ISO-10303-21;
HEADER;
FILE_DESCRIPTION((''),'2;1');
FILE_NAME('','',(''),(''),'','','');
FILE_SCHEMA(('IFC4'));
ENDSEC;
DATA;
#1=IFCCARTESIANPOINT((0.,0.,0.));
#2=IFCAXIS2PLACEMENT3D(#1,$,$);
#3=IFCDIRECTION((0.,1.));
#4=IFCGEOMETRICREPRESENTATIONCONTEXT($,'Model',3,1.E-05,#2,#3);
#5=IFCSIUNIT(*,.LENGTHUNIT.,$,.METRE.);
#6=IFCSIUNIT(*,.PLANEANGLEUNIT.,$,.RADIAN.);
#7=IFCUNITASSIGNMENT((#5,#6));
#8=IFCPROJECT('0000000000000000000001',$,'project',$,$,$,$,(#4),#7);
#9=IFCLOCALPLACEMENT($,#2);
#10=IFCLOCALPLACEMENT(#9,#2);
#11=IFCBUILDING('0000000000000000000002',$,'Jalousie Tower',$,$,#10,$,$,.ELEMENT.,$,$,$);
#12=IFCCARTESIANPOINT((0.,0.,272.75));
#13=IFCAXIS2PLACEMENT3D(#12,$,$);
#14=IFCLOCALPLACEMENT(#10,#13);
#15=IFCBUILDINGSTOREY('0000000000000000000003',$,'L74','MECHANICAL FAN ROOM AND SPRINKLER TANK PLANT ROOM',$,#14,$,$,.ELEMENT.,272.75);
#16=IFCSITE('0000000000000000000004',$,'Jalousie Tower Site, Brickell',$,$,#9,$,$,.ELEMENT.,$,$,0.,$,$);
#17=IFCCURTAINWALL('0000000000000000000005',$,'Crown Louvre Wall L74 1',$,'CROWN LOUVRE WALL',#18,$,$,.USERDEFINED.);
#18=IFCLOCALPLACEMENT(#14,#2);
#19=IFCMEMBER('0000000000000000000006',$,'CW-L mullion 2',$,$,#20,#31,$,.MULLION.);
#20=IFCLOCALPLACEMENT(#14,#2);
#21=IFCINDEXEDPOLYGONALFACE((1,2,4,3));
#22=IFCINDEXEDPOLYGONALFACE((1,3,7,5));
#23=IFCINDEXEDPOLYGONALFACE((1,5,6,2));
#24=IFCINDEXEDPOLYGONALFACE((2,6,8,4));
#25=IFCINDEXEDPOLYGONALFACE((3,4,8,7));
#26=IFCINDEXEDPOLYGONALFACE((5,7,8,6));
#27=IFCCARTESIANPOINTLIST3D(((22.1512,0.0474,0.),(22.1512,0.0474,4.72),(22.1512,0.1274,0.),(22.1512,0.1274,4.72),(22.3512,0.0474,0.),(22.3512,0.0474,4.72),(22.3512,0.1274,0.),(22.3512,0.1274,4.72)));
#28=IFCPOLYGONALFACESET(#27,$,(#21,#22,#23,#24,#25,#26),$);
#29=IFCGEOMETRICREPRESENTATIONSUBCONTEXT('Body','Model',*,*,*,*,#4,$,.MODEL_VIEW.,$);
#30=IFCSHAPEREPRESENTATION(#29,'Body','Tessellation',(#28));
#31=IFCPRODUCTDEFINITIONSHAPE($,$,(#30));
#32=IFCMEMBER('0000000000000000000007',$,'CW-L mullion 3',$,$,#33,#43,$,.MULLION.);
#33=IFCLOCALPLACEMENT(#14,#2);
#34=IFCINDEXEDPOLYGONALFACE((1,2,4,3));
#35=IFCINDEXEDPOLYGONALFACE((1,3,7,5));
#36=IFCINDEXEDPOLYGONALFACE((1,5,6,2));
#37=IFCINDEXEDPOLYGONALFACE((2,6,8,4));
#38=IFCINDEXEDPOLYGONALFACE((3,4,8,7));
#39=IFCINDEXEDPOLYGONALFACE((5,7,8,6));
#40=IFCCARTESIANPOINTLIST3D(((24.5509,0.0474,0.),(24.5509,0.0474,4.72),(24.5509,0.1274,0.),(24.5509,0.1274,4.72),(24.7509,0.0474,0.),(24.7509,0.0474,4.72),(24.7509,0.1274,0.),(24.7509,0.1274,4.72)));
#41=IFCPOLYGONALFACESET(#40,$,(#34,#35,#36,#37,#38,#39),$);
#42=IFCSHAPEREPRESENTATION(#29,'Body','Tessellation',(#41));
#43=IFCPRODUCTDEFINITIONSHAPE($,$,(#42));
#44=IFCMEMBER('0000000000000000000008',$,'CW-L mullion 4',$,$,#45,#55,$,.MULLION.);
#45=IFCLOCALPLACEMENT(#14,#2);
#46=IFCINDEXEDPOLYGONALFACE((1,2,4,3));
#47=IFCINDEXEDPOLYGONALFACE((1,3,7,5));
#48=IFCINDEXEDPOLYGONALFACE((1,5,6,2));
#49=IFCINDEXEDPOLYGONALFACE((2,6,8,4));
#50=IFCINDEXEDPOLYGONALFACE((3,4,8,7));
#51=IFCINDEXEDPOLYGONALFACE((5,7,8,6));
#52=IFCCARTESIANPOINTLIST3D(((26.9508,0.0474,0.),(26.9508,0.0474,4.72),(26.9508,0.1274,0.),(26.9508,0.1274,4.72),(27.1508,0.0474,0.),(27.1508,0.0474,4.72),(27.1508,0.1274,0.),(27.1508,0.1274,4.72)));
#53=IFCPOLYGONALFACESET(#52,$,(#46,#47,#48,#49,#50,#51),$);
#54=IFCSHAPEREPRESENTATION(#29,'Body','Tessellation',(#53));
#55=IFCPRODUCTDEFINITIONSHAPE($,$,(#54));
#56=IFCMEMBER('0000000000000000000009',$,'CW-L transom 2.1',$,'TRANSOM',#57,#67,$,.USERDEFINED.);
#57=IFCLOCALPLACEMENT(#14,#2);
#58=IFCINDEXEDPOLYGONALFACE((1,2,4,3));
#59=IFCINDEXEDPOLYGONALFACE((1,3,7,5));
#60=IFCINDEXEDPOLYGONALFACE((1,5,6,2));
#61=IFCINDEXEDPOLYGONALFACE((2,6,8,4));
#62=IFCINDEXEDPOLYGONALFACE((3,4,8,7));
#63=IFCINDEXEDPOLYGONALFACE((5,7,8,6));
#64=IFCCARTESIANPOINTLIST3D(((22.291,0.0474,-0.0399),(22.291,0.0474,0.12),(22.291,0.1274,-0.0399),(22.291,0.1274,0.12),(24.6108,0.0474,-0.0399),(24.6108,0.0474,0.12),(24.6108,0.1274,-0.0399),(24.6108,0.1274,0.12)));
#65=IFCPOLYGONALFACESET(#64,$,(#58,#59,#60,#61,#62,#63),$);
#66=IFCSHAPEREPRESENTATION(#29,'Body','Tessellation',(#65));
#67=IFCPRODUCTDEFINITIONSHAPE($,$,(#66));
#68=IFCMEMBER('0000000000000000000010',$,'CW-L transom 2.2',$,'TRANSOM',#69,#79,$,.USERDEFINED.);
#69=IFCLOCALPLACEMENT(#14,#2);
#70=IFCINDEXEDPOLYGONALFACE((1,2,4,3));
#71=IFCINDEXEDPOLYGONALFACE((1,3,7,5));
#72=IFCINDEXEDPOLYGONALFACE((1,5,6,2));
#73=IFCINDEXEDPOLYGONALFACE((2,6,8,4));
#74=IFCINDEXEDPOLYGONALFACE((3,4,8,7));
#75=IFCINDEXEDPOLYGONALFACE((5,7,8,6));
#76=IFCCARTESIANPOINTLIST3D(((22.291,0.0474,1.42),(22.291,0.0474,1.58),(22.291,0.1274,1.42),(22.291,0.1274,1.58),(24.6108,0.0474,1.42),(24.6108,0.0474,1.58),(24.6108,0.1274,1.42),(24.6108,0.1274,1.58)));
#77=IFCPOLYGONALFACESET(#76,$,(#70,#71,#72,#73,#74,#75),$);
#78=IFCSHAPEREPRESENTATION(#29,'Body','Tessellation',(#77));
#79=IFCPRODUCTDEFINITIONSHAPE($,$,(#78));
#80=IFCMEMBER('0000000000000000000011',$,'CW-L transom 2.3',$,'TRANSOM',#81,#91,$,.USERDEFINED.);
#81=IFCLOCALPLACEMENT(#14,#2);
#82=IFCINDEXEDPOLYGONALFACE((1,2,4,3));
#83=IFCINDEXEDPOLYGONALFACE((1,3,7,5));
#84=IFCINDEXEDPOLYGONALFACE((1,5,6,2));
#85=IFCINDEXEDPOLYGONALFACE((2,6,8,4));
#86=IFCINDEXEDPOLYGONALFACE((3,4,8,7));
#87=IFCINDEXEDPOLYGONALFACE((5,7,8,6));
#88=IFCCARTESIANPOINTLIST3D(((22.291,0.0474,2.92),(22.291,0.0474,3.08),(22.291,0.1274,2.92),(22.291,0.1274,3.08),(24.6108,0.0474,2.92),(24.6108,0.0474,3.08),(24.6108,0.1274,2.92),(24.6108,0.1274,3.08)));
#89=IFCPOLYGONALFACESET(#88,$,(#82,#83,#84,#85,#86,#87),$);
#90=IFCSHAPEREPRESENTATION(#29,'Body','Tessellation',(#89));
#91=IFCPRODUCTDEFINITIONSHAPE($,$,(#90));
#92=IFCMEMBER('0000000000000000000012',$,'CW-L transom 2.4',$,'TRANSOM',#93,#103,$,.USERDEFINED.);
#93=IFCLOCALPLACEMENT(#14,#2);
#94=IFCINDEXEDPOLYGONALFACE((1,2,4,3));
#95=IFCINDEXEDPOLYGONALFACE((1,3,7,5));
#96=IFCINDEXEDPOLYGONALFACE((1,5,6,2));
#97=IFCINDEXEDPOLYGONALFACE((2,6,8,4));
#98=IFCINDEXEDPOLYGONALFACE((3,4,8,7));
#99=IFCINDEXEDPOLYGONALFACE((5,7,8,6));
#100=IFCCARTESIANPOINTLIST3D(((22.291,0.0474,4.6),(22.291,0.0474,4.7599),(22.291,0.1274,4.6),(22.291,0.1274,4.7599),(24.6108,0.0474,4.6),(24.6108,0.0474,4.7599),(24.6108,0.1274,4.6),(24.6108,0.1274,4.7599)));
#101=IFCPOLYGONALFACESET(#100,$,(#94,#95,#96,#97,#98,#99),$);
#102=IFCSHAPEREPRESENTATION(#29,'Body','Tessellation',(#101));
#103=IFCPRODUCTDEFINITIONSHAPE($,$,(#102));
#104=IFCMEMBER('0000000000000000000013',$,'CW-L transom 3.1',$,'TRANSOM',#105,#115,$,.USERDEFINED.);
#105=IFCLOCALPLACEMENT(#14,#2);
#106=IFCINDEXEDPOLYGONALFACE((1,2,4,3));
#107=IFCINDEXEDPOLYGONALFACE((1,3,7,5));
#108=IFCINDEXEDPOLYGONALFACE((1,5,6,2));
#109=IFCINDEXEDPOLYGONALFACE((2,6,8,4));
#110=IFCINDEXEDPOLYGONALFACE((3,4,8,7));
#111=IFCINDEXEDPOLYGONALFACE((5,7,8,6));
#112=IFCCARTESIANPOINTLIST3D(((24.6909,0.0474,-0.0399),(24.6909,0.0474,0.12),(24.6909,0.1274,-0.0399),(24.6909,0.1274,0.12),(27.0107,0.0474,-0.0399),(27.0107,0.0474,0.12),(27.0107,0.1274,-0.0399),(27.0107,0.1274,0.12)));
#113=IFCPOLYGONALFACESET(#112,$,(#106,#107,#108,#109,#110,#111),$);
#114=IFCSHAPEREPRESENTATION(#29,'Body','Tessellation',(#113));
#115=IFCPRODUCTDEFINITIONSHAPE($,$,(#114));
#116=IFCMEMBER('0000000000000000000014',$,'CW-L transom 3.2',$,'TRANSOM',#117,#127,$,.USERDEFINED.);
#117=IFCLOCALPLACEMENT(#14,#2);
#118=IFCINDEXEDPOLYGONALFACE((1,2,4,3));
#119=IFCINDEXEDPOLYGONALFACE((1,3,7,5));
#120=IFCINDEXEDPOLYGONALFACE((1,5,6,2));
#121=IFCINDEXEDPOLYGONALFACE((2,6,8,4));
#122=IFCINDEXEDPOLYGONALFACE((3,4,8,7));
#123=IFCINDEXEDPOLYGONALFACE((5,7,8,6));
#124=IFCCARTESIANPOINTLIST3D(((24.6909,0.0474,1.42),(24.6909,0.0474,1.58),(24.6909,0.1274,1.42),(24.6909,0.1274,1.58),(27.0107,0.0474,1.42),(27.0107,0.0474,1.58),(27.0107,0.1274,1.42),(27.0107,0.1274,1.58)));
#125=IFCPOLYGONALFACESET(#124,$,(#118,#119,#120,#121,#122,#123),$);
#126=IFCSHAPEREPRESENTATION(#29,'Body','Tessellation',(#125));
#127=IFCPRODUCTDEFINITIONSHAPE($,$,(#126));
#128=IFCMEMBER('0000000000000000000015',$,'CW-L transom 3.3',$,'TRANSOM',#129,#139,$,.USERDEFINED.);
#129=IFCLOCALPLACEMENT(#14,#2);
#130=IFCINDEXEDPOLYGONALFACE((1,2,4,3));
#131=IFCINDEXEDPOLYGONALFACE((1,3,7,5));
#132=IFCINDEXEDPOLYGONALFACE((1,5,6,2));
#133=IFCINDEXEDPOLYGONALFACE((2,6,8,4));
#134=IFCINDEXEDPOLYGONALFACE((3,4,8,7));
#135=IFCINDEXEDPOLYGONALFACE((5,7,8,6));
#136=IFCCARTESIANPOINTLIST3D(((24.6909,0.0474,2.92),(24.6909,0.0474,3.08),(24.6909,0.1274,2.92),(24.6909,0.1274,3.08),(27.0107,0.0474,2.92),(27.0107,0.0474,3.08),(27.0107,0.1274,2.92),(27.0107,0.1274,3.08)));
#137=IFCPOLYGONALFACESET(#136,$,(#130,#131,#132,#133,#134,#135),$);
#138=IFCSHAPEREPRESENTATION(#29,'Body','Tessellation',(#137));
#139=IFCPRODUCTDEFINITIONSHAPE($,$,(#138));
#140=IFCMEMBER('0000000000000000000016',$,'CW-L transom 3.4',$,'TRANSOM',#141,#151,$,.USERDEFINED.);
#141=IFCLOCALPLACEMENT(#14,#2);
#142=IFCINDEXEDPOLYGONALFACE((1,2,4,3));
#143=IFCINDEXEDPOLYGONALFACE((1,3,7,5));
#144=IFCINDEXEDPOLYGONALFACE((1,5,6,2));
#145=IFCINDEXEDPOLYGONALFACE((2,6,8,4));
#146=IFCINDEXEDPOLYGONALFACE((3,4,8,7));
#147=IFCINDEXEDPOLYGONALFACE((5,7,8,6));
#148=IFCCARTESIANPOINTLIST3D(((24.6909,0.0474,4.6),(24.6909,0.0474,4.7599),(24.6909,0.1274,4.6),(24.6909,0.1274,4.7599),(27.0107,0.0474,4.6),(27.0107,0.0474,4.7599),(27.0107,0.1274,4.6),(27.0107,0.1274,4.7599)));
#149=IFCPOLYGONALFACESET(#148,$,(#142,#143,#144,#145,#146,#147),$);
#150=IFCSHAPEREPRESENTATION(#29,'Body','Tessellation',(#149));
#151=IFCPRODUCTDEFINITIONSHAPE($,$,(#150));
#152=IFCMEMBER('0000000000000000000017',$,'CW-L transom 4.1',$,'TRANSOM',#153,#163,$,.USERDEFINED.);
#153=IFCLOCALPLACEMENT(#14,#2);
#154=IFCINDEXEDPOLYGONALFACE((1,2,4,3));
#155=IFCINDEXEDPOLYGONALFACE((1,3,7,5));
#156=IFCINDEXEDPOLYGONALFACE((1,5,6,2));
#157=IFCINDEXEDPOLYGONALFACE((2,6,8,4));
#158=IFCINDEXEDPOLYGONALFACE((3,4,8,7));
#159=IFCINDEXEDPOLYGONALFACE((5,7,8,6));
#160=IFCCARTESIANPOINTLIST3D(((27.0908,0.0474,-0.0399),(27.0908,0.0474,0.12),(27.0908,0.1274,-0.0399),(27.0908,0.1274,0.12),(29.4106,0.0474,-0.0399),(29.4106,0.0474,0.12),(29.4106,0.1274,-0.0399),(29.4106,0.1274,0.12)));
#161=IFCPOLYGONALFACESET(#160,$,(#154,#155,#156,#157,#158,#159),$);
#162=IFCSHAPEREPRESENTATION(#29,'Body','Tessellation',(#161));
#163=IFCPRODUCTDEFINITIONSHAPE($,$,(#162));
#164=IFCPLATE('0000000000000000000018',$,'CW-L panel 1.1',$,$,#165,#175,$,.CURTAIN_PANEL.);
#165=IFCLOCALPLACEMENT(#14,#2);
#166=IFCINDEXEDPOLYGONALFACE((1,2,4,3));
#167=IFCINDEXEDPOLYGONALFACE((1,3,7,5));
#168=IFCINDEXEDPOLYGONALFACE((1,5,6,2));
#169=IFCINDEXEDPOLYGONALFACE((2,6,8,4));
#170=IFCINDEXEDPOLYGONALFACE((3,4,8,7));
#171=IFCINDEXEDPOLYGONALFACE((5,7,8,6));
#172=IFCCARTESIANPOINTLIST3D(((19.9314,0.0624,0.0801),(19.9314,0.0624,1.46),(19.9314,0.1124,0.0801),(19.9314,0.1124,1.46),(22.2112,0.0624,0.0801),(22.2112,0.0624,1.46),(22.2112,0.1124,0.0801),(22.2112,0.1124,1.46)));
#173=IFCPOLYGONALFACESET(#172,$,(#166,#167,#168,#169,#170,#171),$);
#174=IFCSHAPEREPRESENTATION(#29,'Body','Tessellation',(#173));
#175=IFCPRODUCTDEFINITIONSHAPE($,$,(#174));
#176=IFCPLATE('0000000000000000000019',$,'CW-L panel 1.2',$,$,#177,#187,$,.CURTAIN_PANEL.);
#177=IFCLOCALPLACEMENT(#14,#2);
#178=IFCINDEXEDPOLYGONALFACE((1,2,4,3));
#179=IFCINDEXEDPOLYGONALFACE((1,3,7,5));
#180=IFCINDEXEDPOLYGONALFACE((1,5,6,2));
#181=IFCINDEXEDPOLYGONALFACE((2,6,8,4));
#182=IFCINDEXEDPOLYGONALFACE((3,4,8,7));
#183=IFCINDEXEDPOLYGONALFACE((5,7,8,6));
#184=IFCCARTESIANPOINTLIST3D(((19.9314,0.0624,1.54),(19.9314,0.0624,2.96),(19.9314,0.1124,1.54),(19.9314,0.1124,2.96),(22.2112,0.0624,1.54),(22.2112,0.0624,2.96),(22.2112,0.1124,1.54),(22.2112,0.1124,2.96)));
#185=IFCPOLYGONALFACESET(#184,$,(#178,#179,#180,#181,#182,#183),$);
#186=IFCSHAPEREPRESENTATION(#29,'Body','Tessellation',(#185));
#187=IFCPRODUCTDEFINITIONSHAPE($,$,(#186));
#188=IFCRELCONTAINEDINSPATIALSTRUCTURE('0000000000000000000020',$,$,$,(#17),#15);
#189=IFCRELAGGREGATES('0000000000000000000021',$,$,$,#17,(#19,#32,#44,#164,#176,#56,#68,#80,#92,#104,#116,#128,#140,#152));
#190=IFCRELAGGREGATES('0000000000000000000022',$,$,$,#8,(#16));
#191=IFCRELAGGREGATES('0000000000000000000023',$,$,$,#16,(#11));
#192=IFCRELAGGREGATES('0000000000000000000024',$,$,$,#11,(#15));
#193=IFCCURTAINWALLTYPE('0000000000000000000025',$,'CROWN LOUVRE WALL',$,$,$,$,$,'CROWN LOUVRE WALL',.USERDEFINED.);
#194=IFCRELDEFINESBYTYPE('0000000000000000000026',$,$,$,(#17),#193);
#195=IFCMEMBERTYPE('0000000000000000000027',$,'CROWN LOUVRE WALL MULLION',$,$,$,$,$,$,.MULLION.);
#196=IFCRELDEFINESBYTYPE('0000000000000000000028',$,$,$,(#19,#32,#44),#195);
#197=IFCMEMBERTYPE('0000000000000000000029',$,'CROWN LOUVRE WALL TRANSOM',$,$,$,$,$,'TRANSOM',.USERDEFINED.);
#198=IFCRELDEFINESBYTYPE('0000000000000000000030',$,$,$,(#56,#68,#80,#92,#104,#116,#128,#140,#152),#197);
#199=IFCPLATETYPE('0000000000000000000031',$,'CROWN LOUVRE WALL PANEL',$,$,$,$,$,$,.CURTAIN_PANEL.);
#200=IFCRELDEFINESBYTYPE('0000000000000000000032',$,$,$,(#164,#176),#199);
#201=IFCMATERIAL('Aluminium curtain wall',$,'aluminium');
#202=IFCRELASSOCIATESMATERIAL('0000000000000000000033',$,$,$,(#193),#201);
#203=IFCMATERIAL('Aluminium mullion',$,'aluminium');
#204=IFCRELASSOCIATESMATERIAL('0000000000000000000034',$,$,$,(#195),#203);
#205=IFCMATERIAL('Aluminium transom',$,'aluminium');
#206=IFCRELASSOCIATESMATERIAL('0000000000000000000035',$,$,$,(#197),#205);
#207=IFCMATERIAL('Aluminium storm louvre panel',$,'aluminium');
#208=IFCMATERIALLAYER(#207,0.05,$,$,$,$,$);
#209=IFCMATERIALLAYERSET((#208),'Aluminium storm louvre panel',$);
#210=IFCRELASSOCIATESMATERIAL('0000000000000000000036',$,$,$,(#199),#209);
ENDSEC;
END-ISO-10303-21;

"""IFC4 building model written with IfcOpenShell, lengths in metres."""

from ifc_helpers import new_model, si_unit, direction, frame, origin, origin_2d, place, context, subcontext, project, spatial, rectangle, extrude, material, layer, layer_set, material_profile, profile_set, type_object, element, aggregate, save


model = new_model("IFC4")

# Units and contexts
model_context = context("Model", 3, precision=1e-05, world=origin(), true_north=direction((0.0, 1.0)))
body_context = subcontext(model_context, "Body", "Model", "MODEL_VIEW")
ifc_project = project(units=[si_unit("LENGTHUNIT", "METRE"), si_unit("PLANEANGLEUNIT", "RADIAN")], contexts=[model_context])

# Site, building, storey
site_placement = place(None, origin())
site = spatial("IfcSite", under=ifc_project, at=site_placement, Name="Jalousie Tower Site, Brickell", CompositionType="ELEMENT", RefElevation=0.0)
building_placement = place(site_placement, origin())
building = spatial("IfcBuilding", under=site, at=building_placement, Name="Jalousie Tower", CompositionType="ELEMENT")
storey_placement = place(building_placement, frame((0.0, 0.0, 272.75)))
storey = spatial("IfcBuildingStorey", under=building, at=storey_placement, Name="L74", Description="MECHANICAL FAN ROOM AND SPRINKLER TANK PLANT ROOM", CompositionType="ELEMENT", Elevation=272.75)

# Curtain wall, members, plates
ifc_material_1 = material(Name="Aluminium curtain wall", Category="aluminium")
curtain_wall_type = type_object("IfcCurtainWallType", Name="CROWN LOUVRE WALL", ElementType="CROWN LOUVRE WALL", PredefinedType="USERDEFINED", material=ifc_material_1)
curtain_wall_placement = place(storey_placement, origin())
curtain_wall = element("IfcCurtainWall", 1, at=curtain_wall_placement, inside=storey, type_object=curtain_wall_type, Name="Crown Louvre Wall L74 1", ObjectType="CROWN LOUVRE WALL", PredefinedType="USERDEFINED")
ifc_material_2 = material(Name="Aluminium mullion", Category="aluminium")
ifc_material_profile_1 = material_profile(ifc_material_2, rectangle(XDim=0.0801, YDim=0.2, at=origin_2d()), Name="MULLION 80x200")
ifc_profile_set_1 = profile_set([ifc_material_profile_1], Name="Aluminium mullion")
member_type_1 = type_object("IfcMemberType", Name="CROWN LOUVRE WALL MULLION", PredefinedType="MULLION", material=ifc_profile_set_1)
member_1_placement = place(storey_placement, frame((22.2512, 0.0874, 0.0), z_axis=(0.0, 0.0, 1.0), x_axis=(0.0, 1.0, 0.0)))
member_1 = element("IfcMember", 2, at=member_1_placement, type_object=member_type_1, Name="CW-L mullion 2", PredefinedType="MULLION", context=body_context, shape_type="SweptSolid", body=[
    extrude(rectangle(XDim=0.0801, YDim=0.2, at=origin_2d()), origin(), (0.0, 0.0, 1.0), 4.72),
])
member_2_placement = place(storey_placement, frame((24.6509, 0.0874, 0.0), z_axis=(0.0, 0.0, 1.0), x_axis=(0.0, 1.0, 0.0)))
member_2 = element("IfcMember", 3, at=member_2_placement, type_object=member_type_1, Name="CW-L mullion 3", PredefinedType="MULLION", context=body_context, shape_type="SweptSolid", body=[
    extrude(rectangle(XDim=0.0801, YDim=0.2, at=origin_2d()), origin(), (0.0, 0.0, 1.0), 4.72),
])
member_3_placement = place(storey_placement, frame((27.0508, 0.0874, 0.0), z_axis=(0.0, 0.0, 1.0), x_axis=(0.0, 1.0, 0.0)))
member_3 = element("IfcMember", 4, at=member_3_placement, type_object=member_type_1, Name="CW-L mullion 4", PredefinedType="MULLION", context=body_context, shape_type="SweptSolid", body=[
    extrude(rectangle(XDim=0.0801, YDim=0.2, at=origin_2d()), origin(), (0.0, 0.0, 1.0), 4.72),
])
ifc_material_3 = material(Name="Aluminium transom", Category="aluminium")
ifc_material_profile_2 = material_profile(ifc_material_3, rectangle(XDim=0.0801, YDim=0.1599, at=origin_2d()), Name="TRANSOM 80x160")
ifc_profile_set_2 = profile_set([ifc_material_profile_2], Name="Aluminium transom")
member_type_2 = type_object("IfcMemberType", Name="CROWN LOUVRE WALL TRANSOM", ElementType="TRANSOM", PredefinedType="USERDEFINED", material=ifc_profile_set_2)
member_4_placement = place(storey_placement, frame((22.291, 0.0874, 0.04), z_axis=(1.0, 0.0, 0.0), x_axis=(0.0, 1.0, 0.0)))
member_4 = element("IfcMember", 5, at=member_4_placement, type_object=member_type_2, Name="CW-L transom 2.1", ObjectType="TRANSOM", PredefinedType="USERDEFINED", context=body_context, shape_type="SweptSolid", body=[
    extrude(rectangle(XDim=0.0801, YDim=0.1599, at=origin_2d()), origin(), (0.0, 0.0, 1.0), 2.3198),
])
member_5_placement = place(storey_placement, frame((22.291, 0.0874, 1.5), z_axis=(1.0, 0.0, 0.0), x_axis=(0.0, 1.0, 0.0)))
member_5 = element("IfcMember", 6, at=member_5_placement, type_object=member_type_2, Name="CW-L transom 2.2", ObjectType="TRANSOM", PredefinedType="USERDEFINED", context=body_context, shape_type="SweptSolid", body=[
    extrude(rectangle(XDim=0.0801, YDim=0.1599, at=origin_2d()), origin(), (0.0, 0.0, 1.0), 2.3198),
])
member_6_placement = place(storey_placement, frame((22.291, 0.0874, 3.0), z_axis=(1.0, 0.0, 0.0), x_axis=(0.0, 1.0, 0.0)))
member_6 = element("IfcMember", 7, at=member_6_placement, type_object=member_type_2, Name="CW-L transom 2.3", ObjectType="TRANSOM", PredefinedType="USERDEFINED", context=body_context, shape_type="SweptSolid", body=[
    extrude(rectangle(XDim=0.0801, YDim=0.1599, at=origin_2d()), origin(), (0.0, 0.0, 1.0), 2.3198),
])
member_7_placement = place(storey_placement, frame((22.291, 0.0874, 4.6799), z_axis=(1.0, 0.0, 0.0), x_axis=(0.0, 1.0, 0.0)))
member_7 = element("IfcMember", 8, at=member_7_placement, type_object=member_type_2, Name="CW-L transom 2.4", ObjectType="TRANSOM", PredefinedType="USERDEFINED", context=body_context, shape_type="SweptSolid", body=[
    extrude(rectangle(XDim=0.0801, YDim=0.1599, at=origin_2d()), origin(), (0.0, 0.0, 1.0), 2.3198),
])
member_8_placement = place(storey_placement, frame((24.6909, 0.0874, 0.04), z_axis=(1.0, 0.0, 0.0), x_axis=(0.0, 1.0, 0.0)))
member_8 = element("IfcMember", 9, at=member_8_placement, type_object=member_type_2, Name="CW-L transom 3.1", ObjectType="TRANSOM", PredefinedType="USERDEFINED", context=body_context, shape_type="SweptSolid", body=[
    extrude(rectangle(XDim=0.0801, YDim=0.1599, at=origin_2d()), origin(), (0.0, 0.0, 1.0), 2.3198),
])
member_9_placement = place(storey_placement, frame((24.6909, 0.0874, 1.5), z_axis=(1.0, 0.0, 0.0), x_axis=(0.0, 1.0, 0.0)))
member_9 = element("IfcMember", 10, at=member_9_placement, type_object=member_type_2, Name="CW-L transom 3.2", ObjectType="TRANSOM", PredefinedType="USERDEFINED", context=body_context, shape_type="SweptSolid", body=[
    extrude(rectangle(XDim=0.0801, YDim=0.1599, at=origin_2d()), origin(), (0.0, 0.0, 1.0), 2.3198),
])
member_10_placement = place(storey_placement, frame((24.6909, 0.0874, 3.0), z_axis=(1.0, 0.0, 0.0), x_axis=(0.0, 1.0, 0.0)))
member_10 = element("IfcMember", 11, at=member_10_placement, type_object=member_type_2, Name="CW-L transom 3.3", ObjectType="TRANSOM", PredefinedType="USERDEFINED", context=body_context, shape_type="SweptSolid", body=[
    extrude(rectangle(XDim=0.0801, YDim=0.1599, at=origin_2d()), origin(), (0.0, 0.0, 1.0), 2.3198),
])
member_11_placement = place(storey_placement, frame((24.6909, 0.0874, 4.6799), z_axis=(1.0, 0.0, 0.0), x_axis=(0.0, 1.0, 0.0)))
member_11 = element("IfcMember", 12, at=member_11_placement, type_object=member_type_2, Name="CW-L transom 3.4", ObjectType="TRANSOM", PredefinedType="USERDEFINED", context=body_context, shape_type="SweptSolid", body=[
    extrude(rectangle(XDim=0.0801, YDim=0.1599, at=origin_2d()), origin(), (0.0, 0.0, 1.0), 2.3198),
])
member_12_placement = place(storey_placement, frame((27.0908, 0.0874, 0.04), z_axis=(1.0, 0.0, 0.0), x_axis=(0.0, 1.0, 0.0)))
member_12 = element("IfcMember", 13, at=member_12_placement, type_object=member_type_2, Name="CW-L transom 4.1", ObjectType="TRANSOM", PredefinedType="USERDEFINED", context=body_context, shape_type="SweptSolid", body=[
    extrude(rectangle(XDim=0.0801, YDim=0.1599, at=origin_2d()), origin(), (0.0, 0.0, 1.0), 2.3198),
])
ifc_material_4 = material(Name="Aluminium storm louvre panel", Category="aluminium")
ifc_layer = layer(ifc_material_4, 0.05)
ifc_layer_set = layer_set([ifc_layer], Name="Aluminium storm louvre panel")
plate_type = type_object("IfcPlateType", Name="CROWN LOUVRE WALL PANEL", PredefinedType="CURTAIN_PANEL", material=ifc_layer_set)
plate_1_placement = place(storey_placement, frame((21.0713, 0.0874, 0.0801), z_axis=(0.0, 0.0, 1.0), x_axis=(1.0, 0.0, 0.0)))
plate_1 = element("IfcPlate", 14, at=plate_1_placement, type_object=plate_type, Name="CW-L panel 1.1", PredefinedType="CURTAIN_PANEL", context=body_context, shape_type="SweptSolid", body=[
    extrude(rectangle(XDim=2.2798, YDim=0.05, at=origin_2d()), origin(), (0.0, 0.0, 1.0), 1.3799),
])
plate_2_placement = place(storey_placement, frame((21.0713, 0.0874, 1.54), z_axis=(0.0, 0.0, 1.0), x_axis=(1.0, 0.0, 0.0)))
plate_2 = element("IfcPlate", 15, at=plate_2_placement, type_object=plate_type, Name="CW-L panel 1.2", PredefinedType="CURTAIN_PANEL", context=body_context, shape_type="SweptSolid", body=[
    extrude(rectangle(XDim=2.2798, YDim=0.05, at=origin_2d()), origin(), (0.0, 0.0, 1.0), 1.4199),
])
aggregate(curtain_wall, [member_1, member_2, member_3, plate_1, plate_2, member_4, member_5, member_6, member_7, member_8, member_9, member_10, member_11, member_12])

save(model, "model.ifc")
